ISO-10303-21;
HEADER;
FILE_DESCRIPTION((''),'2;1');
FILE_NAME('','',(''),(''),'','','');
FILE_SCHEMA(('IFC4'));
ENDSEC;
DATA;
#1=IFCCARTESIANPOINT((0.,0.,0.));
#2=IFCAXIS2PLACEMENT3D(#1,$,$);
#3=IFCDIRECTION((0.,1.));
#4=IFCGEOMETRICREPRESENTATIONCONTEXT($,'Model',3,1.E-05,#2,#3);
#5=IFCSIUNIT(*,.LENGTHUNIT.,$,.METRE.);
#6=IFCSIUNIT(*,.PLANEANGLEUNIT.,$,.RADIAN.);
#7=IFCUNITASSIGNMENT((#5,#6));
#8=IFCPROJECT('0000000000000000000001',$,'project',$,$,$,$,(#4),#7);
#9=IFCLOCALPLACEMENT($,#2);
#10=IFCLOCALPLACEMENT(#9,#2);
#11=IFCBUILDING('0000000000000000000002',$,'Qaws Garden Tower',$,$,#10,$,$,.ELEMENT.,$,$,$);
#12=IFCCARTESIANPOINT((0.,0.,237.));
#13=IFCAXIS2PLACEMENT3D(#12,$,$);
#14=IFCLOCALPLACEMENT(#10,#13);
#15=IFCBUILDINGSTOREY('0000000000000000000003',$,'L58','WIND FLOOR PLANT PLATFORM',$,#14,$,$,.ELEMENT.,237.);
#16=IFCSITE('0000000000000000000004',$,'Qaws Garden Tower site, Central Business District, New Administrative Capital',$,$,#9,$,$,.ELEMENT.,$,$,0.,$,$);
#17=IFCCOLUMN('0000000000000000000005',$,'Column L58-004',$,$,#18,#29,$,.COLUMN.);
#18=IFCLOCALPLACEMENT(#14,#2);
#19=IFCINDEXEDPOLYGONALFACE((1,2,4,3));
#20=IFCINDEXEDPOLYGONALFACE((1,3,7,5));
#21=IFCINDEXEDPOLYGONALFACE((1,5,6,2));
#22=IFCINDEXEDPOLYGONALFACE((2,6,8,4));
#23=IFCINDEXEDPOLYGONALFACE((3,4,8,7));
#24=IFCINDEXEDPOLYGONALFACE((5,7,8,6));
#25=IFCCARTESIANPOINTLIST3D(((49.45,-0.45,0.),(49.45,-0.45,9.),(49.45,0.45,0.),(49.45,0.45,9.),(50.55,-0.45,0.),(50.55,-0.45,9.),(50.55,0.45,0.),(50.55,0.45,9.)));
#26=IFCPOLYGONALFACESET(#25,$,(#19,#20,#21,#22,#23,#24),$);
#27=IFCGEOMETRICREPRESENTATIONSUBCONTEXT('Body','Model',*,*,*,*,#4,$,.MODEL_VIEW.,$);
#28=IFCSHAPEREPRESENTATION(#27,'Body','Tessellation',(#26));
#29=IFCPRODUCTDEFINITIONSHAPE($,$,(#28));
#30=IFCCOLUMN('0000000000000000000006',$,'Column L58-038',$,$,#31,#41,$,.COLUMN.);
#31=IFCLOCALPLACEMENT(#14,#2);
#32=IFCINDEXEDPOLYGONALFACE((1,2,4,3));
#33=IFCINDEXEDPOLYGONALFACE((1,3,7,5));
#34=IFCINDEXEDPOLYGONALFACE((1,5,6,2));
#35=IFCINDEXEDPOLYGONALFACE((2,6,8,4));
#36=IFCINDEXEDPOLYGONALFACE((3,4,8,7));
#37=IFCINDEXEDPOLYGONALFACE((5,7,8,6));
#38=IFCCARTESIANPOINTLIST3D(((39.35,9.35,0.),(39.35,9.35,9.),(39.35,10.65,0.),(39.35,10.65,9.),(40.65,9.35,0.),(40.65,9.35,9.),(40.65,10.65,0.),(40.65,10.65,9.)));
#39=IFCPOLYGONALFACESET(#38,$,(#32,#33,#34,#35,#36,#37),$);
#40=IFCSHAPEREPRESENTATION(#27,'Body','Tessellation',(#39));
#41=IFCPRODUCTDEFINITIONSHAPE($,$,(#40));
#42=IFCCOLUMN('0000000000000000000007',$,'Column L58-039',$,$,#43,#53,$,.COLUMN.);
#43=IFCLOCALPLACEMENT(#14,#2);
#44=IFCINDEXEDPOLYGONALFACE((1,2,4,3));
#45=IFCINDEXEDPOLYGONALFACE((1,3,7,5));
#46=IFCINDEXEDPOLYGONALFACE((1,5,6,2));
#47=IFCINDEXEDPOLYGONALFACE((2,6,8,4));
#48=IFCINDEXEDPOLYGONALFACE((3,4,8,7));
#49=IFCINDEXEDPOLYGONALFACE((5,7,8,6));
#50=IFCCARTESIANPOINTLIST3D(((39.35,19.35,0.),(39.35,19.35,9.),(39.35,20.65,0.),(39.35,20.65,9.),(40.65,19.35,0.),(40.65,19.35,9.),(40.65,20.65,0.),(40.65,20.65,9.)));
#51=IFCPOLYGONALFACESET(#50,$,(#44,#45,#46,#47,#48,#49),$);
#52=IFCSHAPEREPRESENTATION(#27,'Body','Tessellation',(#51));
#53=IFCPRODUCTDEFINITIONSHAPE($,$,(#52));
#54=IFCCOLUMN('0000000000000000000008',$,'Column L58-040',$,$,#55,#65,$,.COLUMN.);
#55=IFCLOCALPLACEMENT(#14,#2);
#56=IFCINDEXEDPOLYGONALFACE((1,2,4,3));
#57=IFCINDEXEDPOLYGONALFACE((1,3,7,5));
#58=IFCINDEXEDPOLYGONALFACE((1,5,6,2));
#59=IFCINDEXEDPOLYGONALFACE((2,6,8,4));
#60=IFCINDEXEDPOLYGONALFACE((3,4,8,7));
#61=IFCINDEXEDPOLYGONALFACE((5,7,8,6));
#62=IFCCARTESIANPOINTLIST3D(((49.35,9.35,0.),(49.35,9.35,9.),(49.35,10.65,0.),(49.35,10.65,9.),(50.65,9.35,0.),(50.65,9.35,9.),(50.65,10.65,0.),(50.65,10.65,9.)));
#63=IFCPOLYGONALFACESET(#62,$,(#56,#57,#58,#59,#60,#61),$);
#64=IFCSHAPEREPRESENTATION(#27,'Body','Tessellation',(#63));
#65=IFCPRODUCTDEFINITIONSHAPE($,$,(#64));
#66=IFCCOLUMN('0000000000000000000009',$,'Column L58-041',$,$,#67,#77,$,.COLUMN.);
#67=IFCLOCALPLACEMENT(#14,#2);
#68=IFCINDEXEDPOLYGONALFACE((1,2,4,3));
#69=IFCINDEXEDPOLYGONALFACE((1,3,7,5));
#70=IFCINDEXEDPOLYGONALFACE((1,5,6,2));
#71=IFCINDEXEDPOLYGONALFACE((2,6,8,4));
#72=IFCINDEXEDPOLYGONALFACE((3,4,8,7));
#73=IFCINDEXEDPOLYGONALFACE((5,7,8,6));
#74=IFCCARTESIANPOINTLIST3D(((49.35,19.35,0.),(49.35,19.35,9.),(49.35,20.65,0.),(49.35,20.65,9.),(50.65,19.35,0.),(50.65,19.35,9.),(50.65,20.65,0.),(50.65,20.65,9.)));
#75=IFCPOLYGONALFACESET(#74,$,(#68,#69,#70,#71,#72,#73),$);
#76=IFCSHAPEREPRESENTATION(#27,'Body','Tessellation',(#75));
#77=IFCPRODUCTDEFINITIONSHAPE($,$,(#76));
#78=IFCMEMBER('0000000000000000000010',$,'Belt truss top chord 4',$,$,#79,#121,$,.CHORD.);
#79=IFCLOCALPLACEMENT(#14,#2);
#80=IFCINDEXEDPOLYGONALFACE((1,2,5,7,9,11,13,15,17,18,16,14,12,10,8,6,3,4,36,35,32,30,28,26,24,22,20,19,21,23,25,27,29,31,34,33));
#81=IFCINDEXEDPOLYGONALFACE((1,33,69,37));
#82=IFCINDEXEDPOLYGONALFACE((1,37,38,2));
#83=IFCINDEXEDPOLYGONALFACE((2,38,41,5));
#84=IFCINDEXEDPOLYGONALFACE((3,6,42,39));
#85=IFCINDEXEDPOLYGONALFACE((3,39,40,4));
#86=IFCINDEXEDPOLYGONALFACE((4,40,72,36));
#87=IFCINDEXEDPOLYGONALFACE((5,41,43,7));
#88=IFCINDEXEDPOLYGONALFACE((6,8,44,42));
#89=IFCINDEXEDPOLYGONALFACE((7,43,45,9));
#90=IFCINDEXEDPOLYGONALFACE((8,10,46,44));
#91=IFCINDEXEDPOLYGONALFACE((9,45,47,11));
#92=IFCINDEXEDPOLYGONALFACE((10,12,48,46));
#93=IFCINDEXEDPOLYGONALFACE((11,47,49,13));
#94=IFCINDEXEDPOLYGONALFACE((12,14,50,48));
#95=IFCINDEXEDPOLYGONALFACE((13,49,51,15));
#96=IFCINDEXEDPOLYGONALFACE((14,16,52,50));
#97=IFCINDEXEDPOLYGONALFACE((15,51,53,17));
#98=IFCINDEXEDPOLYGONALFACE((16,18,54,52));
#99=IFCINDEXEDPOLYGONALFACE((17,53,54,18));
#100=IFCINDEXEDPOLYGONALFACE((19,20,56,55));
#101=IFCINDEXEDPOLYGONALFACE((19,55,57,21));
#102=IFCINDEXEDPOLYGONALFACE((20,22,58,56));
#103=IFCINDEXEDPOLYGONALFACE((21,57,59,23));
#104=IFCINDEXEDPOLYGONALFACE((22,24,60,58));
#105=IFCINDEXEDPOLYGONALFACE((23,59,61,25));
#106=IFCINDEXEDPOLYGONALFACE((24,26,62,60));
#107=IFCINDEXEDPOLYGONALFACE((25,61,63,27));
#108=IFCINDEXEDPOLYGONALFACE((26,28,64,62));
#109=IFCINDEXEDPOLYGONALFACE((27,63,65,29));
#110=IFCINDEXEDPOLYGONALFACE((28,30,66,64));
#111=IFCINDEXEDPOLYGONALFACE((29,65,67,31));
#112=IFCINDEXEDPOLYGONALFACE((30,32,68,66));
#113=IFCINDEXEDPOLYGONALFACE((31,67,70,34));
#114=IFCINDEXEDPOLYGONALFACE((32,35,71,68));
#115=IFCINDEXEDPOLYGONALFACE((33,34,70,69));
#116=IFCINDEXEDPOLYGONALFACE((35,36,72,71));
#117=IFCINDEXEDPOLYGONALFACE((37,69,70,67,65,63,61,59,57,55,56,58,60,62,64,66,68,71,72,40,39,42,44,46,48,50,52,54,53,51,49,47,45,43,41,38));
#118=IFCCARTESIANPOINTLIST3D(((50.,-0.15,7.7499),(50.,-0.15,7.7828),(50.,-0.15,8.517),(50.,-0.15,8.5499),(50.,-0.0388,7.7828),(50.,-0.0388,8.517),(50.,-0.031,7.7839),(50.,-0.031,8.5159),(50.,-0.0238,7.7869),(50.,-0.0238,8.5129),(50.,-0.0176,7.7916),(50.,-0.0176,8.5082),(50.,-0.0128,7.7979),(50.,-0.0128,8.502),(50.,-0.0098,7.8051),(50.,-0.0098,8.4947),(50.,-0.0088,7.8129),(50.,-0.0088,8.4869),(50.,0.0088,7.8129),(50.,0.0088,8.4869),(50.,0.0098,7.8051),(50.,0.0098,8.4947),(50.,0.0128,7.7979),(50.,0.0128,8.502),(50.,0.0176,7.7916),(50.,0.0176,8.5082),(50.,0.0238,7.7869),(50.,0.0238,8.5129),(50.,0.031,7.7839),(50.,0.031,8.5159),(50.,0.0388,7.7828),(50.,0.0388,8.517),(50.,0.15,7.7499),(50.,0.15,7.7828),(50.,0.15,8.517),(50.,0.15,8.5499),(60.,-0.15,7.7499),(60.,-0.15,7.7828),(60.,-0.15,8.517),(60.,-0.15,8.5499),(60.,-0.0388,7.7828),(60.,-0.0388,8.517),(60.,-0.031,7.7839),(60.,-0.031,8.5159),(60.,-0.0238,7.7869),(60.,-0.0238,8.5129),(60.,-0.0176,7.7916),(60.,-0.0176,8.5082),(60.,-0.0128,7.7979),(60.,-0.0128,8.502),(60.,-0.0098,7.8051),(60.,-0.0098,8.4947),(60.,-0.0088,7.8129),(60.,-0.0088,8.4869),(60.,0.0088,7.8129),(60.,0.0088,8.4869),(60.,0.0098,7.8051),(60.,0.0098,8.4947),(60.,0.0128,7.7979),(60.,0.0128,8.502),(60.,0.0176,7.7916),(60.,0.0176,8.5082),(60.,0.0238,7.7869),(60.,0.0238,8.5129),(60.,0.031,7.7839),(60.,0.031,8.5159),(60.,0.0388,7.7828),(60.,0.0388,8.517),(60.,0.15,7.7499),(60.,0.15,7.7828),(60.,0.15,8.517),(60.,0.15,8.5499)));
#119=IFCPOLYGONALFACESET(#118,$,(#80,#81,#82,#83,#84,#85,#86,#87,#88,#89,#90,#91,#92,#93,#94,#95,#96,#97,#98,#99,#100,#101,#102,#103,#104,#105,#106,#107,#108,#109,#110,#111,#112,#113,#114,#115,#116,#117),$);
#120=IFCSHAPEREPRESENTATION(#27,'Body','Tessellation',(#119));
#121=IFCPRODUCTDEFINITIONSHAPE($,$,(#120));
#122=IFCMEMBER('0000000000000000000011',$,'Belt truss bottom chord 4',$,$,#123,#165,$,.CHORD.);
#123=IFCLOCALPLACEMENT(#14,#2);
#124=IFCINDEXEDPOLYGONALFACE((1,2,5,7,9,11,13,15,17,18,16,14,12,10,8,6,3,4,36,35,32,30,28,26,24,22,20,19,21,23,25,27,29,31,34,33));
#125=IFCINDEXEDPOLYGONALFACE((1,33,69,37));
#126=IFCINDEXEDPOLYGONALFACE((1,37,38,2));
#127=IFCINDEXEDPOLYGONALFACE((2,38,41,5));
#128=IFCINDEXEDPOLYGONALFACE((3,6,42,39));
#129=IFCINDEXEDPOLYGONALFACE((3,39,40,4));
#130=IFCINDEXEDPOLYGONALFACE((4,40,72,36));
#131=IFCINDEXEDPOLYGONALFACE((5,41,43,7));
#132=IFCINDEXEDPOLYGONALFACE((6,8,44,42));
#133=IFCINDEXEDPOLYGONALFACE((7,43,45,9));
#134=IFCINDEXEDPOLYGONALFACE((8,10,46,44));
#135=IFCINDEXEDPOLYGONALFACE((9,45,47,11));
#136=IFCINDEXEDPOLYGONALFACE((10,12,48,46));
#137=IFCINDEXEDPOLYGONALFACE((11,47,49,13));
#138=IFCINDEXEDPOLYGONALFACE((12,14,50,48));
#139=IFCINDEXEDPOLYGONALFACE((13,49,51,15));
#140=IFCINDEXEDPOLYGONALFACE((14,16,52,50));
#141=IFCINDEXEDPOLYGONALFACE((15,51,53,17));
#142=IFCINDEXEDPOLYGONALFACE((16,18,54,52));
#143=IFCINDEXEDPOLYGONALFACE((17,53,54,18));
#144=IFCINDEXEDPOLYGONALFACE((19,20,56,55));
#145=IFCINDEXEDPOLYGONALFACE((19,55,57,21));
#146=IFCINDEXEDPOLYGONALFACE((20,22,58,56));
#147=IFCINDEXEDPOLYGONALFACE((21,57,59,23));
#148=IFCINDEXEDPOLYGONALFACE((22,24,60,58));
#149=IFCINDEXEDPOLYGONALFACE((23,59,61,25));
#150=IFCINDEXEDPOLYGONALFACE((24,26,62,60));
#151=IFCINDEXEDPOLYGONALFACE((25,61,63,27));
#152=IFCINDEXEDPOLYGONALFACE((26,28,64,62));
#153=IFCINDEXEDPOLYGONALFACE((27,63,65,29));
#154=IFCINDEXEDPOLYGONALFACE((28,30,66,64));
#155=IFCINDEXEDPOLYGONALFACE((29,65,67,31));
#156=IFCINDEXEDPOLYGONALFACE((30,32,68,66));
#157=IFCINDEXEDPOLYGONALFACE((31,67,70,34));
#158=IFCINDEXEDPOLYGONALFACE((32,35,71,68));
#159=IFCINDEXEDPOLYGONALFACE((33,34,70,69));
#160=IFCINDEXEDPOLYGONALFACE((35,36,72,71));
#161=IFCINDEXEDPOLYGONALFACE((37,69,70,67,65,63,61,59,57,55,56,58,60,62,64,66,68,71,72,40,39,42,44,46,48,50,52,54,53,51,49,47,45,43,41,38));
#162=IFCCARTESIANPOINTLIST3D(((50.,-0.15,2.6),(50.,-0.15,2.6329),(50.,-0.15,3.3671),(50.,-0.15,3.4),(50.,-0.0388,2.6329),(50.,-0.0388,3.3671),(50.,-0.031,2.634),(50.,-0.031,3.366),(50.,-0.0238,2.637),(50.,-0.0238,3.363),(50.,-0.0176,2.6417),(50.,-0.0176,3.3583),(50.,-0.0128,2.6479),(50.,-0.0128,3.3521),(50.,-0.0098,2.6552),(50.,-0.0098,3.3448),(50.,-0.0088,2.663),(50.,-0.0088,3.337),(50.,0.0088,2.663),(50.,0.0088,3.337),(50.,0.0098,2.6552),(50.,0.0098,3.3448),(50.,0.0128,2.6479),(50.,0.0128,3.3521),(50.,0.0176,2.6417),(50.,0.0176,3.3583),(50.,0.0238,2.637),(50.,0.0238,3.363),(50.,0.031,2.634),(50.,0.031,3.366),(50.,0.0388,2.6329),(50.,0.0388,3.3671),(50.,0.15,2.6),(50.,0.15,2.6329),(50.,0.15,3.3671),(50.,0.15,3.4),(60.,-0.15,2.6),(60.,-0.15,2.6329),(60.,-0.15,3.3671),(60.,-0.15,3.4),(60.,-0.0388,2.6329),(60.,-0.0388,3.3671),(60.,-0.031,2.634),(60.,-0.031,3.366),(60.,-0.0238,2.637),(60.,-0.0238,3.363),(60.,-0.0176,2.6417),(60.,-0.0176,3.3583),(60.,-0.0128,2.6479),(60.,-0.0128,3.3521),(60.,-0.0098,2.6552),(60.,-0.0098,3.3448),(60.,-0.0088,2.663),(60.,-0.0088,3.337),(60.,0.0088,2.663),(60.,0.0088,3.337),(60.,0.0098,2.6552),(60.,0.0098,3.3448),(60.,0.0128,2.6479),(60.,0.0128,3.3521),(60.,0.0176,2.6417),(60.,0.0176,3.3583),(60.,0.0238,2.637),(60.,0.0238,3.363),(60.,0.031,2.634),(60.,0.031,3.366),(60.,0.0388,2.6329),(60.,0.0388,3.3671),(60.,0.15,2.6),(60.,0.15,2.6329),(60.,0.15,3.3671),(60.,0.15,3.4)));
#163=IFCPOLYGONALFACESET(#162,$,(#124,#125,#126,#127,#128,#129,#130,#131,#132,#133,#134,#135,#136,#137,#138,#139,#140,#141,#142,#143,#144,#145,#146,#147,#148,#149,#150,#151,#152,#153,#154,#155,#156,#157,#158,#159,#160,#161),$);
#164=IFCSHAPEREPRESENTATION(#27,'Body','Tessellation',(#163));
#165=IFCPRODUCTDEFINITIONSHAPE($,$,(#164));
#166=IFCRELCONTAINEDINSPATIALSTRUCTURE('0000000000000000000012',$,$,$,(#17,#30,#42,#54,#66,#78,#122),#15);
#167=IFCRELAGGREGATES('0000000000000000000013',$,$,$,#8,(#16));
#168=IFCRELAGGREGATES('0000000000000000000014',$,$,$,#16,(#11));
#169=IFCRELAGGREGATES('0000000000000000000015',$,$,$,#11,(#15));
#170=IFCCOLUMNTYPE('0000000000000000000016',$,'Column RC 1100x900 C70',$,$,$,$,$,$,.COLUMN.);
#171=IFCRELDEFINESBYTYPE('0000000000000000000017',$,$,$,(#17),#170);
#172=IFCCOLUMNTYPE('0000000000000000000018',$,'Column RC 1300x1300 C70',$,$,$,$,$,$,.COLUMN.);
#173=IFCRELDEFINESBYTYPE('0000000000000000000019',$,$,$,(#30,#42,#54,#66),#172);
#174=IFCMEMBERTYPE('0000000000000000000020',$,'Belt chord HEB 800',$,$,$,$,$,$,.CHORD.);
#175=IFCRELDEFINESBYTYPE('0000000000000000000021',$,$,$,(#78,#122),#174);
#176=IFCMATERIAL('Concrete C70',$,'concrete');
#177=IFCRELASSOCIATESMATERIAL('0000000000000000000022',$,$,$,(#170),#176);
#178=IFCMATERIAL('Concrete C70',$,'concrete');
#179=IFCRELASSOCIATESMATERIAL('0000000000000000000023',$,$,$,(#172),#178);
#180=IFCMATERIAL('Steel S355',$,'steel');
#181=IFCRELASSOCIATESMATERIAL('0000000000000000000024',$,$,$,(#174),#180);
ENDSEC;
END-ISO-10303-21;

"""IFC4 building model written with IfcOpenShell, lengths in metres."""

from ifc_helpers import new_model, si_unit, direction, frame, origin, origin_2d, place, context, subcontext, project, spatial, rectangle, i_section, extrude, material, material_profile, profile_set, type_object, element, save


model = new_model("IFC4")

# Units and contexts
model_context = context("Model", 3, precision=1e-05, world=origin(), true_north=direction((0.0, 1.0)))
body_context = subcontext(model_context, "Body", "Model", "MODEL_VIEW")
ifc_project = project(units=[si_unit("LENGTHUNIT", "METRE"), si_unit("PLANEANGLEUNIT", "RADIAN")], contexts=[model_context])

# Site, building, storey
site_placement = place(None, origin())
site = spatial("IfcSite", under=ifc_project, at=site_placement, Name="Qaws Garden Tower site, Central Business District, New Administrative Capital", CompositionType="ELEMENT", RefElevation=0.0)
building_placement = place(site_placement, origin())
building = spatial("IfcBuilding", under=site, at=building_placement, Name="Qaws Garden Tower", CompositionType="ELEMENT")
storey_placement = place(building_placement, frame((0.0, 0.0, 237.0)))
storey = spatial("IfcBuildingStorey", under=building, at=storey_placement, Name="L58", Description="WIND FLOOR PLANT PLATFORM", CompositionType="ELEMENT", Elevation=237.0)

# Columns
ifc_material_1 = material(Name="Concrete C70", Category="concrete")
ifc_material_profile_1 = material_profile(ifc_material_1, rectangle(XDim=1.1001, YDim=0.8999, at=origin_2d()), Name="RC 1100x900")
ifc_profile_set_1 = profile_set([ifc_material_profile_1], Name="Concrete C70")
column_type_1 = type_object("IfcColumnType", Name="Column RC 1100x900 C70", PredefinedType="COLUMN", material=ifc_profile_set_1)
column_placement = place(storey_placement, frame((50.0, 0.0, 0.0), z_axis=(0.0, 0.0, 1.0), x_axis=(1.0, 0.0, 0.0)))
element("IfcColumn", 1, at=column_placement, inside=storey, type_object=column_type_1, Name="Column L58-004", PredefinedType="COLUMN", context=body_context, shape_type="SweptSolid", body=[
    extrude(rectangle(XDim=1.1001, YDim=0.8999, at=origin_2d()), origin(), (0.0, 0.0, 1.0), 9.0),
])
ifc_material_2 = material(Name="Concrete C70", Category="concrete")
ifc_material_profile_2 = material_profile(ifc_material_2, rectangle(XDim=1.3, YDim=1.3, at=origin_2d()), Name="RC 1300x1300")
ifc_profile_set_2 = profile_set([ifc_material_profile_2], Name="Concrete C70")
column_type_2 = type_object("IfcColumnType", Name="Column RC 1300x1300 C70", PredefinedType="COLUMN", material=ifc_profile_set_2)
for number, where, z_axis, x_axis, name in (
    (2, (40.0, 10.0, 0.0), (0.0, 0.0, 1.0), (1.0, 0.0, 0.0), "Column L58-038"),
    (3, (40.0, 20.0, 0.0), (0.0, 0.0, 1.0), (1.0, 0.0, 0.0), "Column L58-039"),
    (4, (50.0, 10.0, 0.0), (0.0, 0.0, 1.0), (1.0, 0.0, 0.0), "Column L58-040"),
    (5, (50.0, 20.0, 0.0), (0.0, 0.0, 1.0), (1.0, 0.0, 0.0), "Column L58-041"),
):
    element("IfcColumn", number, at=place(storey_placement, frame(where, z_axis=z_axis, x_axis=x_axis)), inside=storey, type_object=column_type_2, Name=name, PredefinedType="COLUMN", context=body_context, shape_type="SweptSolid", body=[
        extrude(rectangle(XDim=1.3, YDim=1.3, at=origin_2d()), origin(), (0.0, 0.0, 1.0), 9.0),
    ])

# Members
ifc_material_3 = material(Name="Steel S355", Category="steel")
ifc_material_profile_3 = material_profile(ifc_material_3, i_section(OverallWidth=0.3, OverallDepth=0.8, WebThickness=0.0176, FlangeThickness=0.033, FilletRadius=0.03, at=origin_2d()), Name="HEB 800")
ifc_profile_set_3 = profile_set([ifc_material_profile_3], Name="Steel S355")
member_type_1 = type_object("IfcMemberType", Name="Belt chord HEB 800", PredefinedType="CHORD", material=ifc_profile_set_3)
for number, where, z_axis, x_axis, name in (
    (6, (50.0, 0.0, 8.1499), (1.0, 0.0, 0.0), (0.0, 1.0, 0.0), "Belt truss top chord 4"),
    (7, (50.0, 0.0, 3.0), (1.0, 0.0, 0.0), (0.0, 1.0, 0.0), "Belt truss bottom chord 4"),
):
    element("IfcMember", number, at=place(storey_placement, frame(where, z_axis=z_axis, x_axis=x_axis)), inside=storey, type_object=member_type_1, Name=name, PredefinedType="CHORD", context=body_context, shape_type="SweptSolid", body=[
        extrude(i_section(OverallWidth=0.3, OverallDepth=0.8, WebThickness=0.0176, FlangeThickness=0.033, FilletRadius=0.03, at=origin_2d()), origin(), (0.0, 0.0, 1.0), 10.0),
    ])

save(model, "model.ifc")
